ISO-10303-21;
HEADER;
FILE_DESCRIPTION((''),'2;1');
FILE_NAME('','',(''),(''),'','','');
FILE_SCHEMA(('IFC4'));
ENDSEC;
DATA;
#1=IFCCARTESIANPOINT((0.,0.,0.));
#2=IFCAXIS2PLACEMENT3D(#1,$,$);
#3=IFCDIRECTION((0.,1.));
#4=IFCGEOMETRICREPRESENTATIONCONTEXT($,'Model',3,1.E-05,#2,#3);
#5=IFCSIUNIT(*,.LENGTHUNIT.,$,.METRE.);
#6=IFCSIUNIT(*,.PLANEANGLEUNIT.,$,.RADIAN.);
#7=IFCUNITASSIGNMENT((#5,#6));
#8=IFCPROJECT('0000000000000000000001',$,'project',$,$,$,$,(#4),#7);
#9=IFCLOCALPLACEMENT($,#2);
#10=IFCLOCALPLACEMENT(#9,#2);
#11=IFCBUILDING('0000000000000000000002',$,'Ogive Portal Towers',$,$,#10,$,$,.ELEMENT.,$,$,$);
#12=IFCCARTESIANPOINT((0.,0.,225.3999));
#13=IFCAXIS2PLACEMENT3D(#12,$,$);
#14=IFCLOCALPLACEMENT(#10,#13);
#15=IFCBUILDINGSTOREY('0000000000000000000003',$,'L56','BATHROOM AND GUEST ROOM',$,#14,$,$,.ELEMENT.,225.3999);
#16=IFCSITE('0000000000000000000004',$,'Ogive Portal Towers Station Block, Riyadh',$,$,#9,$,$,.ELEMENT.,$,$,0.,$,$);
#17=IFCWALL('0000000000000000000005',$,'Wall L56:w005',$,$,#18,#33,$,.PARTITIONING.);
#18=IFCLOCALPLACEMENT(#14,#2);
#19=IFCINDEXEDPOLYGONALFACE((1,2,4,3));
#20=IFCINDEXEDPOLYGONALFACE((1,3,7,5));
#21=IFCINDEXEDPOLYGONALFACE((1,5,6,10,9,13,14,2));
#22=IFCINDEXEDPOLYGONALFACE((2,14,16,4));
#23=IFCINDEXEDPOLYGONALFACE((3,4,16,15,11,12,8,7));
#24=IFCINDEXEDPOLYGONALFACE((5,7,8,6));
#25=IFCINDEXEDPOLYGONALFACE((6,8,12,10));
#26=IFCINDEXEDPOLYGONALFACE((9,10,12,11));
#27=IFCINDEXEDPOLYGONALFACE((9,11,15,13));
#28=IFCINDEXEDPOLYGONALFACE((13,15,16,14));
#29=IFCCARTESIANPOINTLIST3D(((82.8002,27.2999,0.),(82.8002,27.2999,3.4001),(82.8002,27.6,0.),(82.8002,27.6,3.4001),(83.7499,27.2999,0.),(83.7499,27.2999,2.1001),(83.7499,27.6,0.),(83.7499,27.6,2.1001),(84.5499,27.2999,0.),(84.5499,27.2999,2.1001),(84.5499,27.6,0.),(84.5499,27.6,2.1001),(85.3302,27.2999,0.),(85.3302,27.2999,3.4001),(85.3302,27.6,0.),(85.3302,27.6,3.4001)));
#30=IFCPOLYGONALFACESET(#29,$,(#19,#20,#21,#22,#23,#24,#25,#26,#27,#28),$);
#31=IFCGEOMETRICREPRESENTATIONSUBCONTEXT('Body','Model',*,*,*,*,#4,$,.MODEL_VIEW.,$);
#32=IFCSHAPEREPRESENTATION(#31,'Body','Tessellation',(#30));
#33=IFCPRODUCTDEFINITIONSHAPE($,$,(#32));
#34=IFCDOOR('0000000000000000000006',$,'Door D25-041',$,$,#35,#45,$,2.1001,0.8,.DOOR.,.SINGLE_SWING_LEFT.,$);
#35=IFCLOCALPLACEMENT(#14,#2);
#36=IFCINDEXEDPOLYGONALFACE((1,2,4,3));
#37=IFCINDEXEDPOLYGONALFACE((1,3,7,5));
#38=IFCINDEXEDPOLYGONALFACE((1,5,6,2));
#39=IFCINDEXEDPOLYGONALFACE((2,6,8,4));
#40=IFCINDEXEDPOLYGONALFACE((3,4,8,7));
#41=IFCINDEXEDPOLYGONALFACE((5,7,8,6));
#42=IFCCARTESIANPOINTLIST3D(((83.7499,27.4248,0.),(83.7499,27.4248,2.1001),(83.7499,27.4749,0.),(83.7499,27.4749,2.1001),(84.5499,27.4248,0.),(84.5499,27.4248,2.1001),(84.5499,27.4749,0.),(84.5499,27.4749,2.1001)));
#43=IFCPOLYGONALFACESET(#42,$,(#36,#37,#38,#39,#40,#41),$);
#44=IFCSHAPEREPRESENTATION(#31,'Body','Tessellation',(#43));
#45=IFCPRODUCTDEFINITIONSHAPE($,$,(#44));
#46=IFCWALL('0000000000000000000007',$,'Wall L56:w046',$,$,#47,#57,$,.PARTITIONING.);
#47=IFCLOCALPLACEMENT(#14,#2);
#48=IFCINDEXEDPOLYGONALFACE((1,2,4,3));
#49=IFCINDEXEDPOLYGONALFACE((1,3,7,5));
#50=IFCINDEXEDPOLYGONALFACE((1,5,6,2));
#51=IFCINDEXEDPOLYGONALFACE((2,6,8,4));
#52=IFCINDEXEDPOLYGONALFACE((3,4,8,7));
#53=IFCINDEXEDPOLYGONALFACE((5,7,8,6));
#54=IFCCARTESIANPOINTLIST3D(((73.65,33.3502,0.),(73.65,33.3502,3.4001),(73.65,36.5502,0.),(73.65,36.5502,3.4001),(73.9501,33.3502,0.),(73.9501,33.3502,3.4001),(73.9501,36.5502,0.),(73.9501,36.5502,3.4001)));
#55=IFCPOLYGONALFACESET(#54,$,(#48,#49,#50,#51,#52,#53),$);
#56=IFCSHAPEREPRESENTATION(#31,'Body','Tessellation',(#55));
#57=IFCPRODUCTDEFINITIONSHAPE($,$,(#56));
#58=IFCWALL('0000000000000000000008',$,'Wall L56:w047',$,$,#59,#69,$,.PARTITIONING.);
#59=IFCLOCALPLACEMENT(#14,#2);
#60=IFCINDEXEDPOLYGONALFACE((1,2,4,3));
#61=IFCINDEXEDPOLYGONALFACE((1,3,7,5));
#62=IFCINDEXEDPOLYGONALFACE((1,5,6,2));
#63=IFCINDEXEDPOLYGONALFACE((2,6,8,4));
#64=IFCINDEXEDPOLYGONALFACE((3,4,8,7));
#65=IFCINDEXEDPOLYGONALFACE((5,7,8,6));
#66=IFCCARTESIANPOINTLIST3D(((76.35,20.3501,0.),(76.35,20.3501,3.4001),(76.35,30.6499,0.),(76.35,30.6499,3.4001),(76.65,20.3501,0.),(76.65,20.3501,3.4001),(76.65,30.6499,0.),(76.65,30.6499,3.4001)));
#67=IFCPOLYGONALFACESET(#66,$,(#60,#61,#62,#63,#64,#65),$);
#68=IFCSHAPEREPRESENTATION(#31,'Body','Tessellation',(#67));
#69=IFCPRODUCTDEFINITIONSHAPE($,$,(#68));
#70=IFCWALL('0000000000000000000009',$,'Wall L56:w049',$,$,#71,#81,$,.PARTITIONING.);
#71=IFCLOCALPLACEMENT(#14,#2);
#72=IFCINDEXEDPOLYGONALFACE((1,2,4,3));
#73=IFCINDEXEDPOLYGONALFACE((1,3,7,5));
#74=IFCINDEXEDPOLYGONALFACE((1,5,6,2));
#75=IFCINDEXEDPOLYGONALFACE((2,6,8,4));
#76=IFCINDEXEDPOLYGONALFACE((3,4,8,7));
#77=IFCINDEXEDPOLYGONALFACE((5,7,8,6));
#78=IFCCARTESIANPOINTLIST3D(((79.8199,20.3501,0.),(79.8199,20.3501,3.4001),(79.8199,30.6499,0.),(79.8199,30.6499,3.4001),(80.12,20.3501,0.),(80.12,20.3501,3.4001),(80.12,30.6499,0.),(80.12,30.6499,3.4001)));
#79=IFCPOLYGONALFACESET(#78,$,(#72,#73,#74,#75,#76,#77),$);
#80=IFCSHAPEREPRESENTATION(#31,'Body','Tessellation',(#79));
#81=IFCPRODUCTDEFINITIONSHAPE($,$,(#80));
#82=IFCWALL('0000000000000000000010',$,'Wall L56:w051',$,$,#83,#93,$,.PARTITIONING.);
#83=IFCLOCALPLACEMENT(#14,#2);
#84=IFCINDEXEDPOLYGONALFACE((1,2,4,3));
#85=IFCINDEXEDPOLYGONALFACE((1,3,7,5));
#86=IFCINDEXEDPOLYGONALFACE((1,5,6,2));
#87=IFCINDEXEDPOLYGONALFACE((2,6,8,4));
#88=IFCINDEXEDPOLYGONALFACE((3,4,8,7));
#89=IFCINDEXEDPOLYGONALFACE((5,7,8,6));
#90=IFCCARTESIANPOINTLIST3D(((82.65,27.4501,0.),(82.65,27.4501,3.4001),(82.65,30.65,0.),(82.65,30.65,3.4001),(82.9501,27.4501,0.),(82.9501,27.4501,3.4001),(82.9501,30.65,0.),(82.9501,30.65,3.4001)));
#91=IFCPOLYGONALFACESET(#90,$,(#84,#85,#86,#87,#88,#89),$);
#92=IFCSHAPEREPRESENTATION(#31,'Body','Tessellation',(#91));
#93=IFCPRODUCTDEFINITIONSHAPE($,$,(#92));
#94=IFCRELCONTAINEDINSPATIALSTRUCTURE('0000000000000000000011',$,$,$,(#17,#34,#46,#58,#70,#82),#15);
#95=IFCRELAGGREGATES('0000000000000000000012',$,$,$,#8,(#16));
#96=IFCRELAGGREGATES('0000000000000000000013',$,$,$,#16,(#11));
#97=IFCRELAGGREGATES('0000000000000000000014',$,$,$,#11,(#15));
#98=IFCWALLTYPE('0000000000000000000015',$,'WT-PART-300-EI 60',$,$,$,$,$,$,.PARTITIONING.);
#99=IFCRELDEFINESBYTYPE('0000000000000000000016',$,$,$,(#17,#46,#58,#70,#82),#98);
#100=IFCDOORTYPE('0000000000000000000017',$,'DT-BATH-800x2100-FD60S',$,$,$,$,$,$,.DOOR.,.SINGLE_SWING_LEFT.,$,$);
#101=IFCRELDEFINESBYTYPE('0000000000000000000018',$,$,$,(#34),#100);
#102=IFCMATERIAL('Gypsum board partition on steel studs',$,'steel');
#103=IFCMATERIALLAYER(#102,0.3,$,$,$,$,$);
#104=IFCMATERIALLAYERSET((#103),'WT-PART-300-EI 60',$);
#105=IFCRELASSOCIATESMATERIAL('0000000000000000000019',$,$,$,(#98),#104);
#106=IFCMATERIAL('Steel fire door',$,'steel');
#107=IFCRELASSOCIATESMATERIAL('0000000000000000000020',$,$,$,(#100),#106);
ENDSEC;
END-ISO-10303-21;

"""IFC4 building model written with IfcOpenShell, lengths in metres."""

from ifc_helpers import new_model, si_unit, direction, frame, frame_2d, origin, place, context, subcontext, project, spatial, rectangle, extrude, material, layer, layer_set, type_object, element, fill, save


model = new_model("IFC4")

# Units and contexts
model_context = context("Model", 3, precision=1e-05, world=origin(), true_north=direction((0.0, 1.0)))
body_context = subcontext(model_context, "Body", "Model", "MODEL_VIEW")
ifc_project = project(units=[si_unit("LENGTHUNIT", "METRE"), si_unit("PLANEANGLEUNIT", "RADIAN")], contexts=[model_context])

# Site, building, storey
site_placement = place(None, origin())
site = spatial("IfcSite", under=ifc_project, at=site_placement, Name="Ogive Portal Towers Station Block, Riyadh", CompositionType="ELEMENT", RefElevation=0.0)
building_placement = place(site_placement, origin())
building = spatial("IfcBuilding", under=site, at=building_placement, Name="Ogive Portal Towers", CompositionType="ELEMENT")
storey_placement = place(building_placement, frame((0.0, 0.0, 225.3999)))
storey = spatial("IfcBuildingStorey", under=building, at=storey_placement, Name="L56", Description="BATHROOM AND GUEST ROOM", CompositionType="ELEMENT", Elevation=225.3999)

# Shared definitions
ifc_material_1 = material(Name="Steel fire door", Category="steel")

# Wall, opening, door
ifc_material_2 = material(Name="Gypsum board partition on steel studs", Category="steel")
ifc_layer_1 = layer(ifc_material_2, 0.3)
ifc_layer_set_1 = layer_set([ifc_layer_1], Name="WT-PART-300-EI 60")
wall_type_1 = type_object("IfcWallType", Name="WT-PART-300-EI 60", PredefinedType="PARTITIONING", material=ifc_layer_set_1)
wall_1_placement = place(storey_placement, frame((82.8, 27.45, 0.0), z_axis=(0.0, 0.0, 1.0), x_axis=(1.0, 0.0, 0.0)))
wall_1 = element("IfcWall", 1, at=wall_1_placement, inside=storey, type_object=wall_type_1, Name="Wall L56:w005", PredefinedType="PARTITIONING", context=body_context, shape_type="SweptSolid", body=[
    extrude(rectangle(XDim=2.53, YDim=0.3, at=frame_2d((1.2651, 0.0))), origin(), (0.0, 0.0, 1.0), 3.4001),
])
opening_1_placement = place(wall_1_placement, frame((0.95, 0.0, 0.0)))
opening_1 = element("IfcOpeningElement", 2, at=opening_1_placement, cuts=wall_1, PredefinedType="OPENING", context=body_context, shape_type="SweptSolid", body=[
    extrude(rectangle(XDim=0.8, YDim=2.1001, at=frame_2d((0.3999, 1.05))), frame((0.0, 0.1602, 0.0), z_axis=(0.0, -1.0, 0.0), x_axis=(1.0, 0.0, 0.0)), (0.0, 0.0, 1.0), 0.3201),
])
door_type_1 = type_object("IfcDoorType", Name="DT-BATH-800x2100-FD60S", OperationType="SINGLE_SWING_LEFT", PredefinedType="DOOR", material=ifc_material_1)
door_1_placement = place(opening_1_placement, origin())
door_1 = element("IfcDoor", 3, at=door_1_placement, inside=storey, type_object=door_type_1, Name="Door D25-041", OperationType="SINGLE_SWING_LEFT", OverallHeight=2.1001, OverallWidth=0.8, PredefinedType="DOOR", context=body_context, shape_type="SweptSolid", body=[
    extrude(rectangle(XDim=0.8, YDim=2.1001, at=frame_2d((0.3999, 1.05))), frame((0.0, 0.0249, 0.0), z_axis=(0.0, -1.0, 0.0), x_axis=(1.0, 0.0, 0.0)), (0.0, 0.0, 1.0), 0.05),
])
fill(opening_1, door_1)

# Walls
wall_2_placement = place(storey_placement, frame((73.8, 33.3501, 0.0), z_axis=(0.0, 0.0, 1.0), x_axis=(0.0, 1.0, 0.0)))
element("IfcWall", 4, at=wall_2_placement, inside=storey, type_object=wall_type_1, Name="Wall L56:w046", PredefinedType="PARTITIONING", context=body_context, shape_type="SweptSolid", body=[
    extrude(rectangle(XDim=3.2, YDim=0.3, at=frame_2d((1.6001, 0.0))), origin(), (0.0, 0.0, 1.0), 3.4001),
])
for number, where, z_axis, x_axis, name in (
    (5, (76.5, 20.3501, 0.0), (0.0, 0.0, 1.0), (0.0, 1.0, 0.0), "Wall L56:w047"),
    (6, (79.97, 20.3501, 0.0), (0.0, 0.0, 1.0), (0.0, 1.0, 0.0), "Wall L56:w049"),
):
    element("IfcWall", number, at=place(storey_placement, frame(where, z_axis=z_axis, x_axis=x_axis)), inside=storey, type_object=wall_type_1, Name=name, PredefinedType="PARTITIONING", context=body_context, shape_type="SweptSolid", body=[
        extrude(rectangle(XDim=10.2998, YDim=0.3, at=frame_2d((5.1499, 0.0))), origin(), (0.0, 0.0, 1.0), 3.4001),
    ])
wall_3_placement = place(storey_placement, frame((82.8, 27.45, 0.0), z_axis=(0.0, 0.0, 1.0), x_axis=(0.0, 1.0, 0.0)))
element("IfcWall", 7, at=wall_3_placement, inside=storey, type_object=wall_type_1, Name="Wall L56:w051", PredefinedType="PARTITIONING", context=body_context, shape_type="SweptSolid", body=[
    extrude(rectangle(XDim=3.2, YDim=0.3, at=frame_2d((1.6001, 0.0))), origin(), (0.0, 0.0, 1.0), 3.4001),
])

save(model, "model.ifc")
